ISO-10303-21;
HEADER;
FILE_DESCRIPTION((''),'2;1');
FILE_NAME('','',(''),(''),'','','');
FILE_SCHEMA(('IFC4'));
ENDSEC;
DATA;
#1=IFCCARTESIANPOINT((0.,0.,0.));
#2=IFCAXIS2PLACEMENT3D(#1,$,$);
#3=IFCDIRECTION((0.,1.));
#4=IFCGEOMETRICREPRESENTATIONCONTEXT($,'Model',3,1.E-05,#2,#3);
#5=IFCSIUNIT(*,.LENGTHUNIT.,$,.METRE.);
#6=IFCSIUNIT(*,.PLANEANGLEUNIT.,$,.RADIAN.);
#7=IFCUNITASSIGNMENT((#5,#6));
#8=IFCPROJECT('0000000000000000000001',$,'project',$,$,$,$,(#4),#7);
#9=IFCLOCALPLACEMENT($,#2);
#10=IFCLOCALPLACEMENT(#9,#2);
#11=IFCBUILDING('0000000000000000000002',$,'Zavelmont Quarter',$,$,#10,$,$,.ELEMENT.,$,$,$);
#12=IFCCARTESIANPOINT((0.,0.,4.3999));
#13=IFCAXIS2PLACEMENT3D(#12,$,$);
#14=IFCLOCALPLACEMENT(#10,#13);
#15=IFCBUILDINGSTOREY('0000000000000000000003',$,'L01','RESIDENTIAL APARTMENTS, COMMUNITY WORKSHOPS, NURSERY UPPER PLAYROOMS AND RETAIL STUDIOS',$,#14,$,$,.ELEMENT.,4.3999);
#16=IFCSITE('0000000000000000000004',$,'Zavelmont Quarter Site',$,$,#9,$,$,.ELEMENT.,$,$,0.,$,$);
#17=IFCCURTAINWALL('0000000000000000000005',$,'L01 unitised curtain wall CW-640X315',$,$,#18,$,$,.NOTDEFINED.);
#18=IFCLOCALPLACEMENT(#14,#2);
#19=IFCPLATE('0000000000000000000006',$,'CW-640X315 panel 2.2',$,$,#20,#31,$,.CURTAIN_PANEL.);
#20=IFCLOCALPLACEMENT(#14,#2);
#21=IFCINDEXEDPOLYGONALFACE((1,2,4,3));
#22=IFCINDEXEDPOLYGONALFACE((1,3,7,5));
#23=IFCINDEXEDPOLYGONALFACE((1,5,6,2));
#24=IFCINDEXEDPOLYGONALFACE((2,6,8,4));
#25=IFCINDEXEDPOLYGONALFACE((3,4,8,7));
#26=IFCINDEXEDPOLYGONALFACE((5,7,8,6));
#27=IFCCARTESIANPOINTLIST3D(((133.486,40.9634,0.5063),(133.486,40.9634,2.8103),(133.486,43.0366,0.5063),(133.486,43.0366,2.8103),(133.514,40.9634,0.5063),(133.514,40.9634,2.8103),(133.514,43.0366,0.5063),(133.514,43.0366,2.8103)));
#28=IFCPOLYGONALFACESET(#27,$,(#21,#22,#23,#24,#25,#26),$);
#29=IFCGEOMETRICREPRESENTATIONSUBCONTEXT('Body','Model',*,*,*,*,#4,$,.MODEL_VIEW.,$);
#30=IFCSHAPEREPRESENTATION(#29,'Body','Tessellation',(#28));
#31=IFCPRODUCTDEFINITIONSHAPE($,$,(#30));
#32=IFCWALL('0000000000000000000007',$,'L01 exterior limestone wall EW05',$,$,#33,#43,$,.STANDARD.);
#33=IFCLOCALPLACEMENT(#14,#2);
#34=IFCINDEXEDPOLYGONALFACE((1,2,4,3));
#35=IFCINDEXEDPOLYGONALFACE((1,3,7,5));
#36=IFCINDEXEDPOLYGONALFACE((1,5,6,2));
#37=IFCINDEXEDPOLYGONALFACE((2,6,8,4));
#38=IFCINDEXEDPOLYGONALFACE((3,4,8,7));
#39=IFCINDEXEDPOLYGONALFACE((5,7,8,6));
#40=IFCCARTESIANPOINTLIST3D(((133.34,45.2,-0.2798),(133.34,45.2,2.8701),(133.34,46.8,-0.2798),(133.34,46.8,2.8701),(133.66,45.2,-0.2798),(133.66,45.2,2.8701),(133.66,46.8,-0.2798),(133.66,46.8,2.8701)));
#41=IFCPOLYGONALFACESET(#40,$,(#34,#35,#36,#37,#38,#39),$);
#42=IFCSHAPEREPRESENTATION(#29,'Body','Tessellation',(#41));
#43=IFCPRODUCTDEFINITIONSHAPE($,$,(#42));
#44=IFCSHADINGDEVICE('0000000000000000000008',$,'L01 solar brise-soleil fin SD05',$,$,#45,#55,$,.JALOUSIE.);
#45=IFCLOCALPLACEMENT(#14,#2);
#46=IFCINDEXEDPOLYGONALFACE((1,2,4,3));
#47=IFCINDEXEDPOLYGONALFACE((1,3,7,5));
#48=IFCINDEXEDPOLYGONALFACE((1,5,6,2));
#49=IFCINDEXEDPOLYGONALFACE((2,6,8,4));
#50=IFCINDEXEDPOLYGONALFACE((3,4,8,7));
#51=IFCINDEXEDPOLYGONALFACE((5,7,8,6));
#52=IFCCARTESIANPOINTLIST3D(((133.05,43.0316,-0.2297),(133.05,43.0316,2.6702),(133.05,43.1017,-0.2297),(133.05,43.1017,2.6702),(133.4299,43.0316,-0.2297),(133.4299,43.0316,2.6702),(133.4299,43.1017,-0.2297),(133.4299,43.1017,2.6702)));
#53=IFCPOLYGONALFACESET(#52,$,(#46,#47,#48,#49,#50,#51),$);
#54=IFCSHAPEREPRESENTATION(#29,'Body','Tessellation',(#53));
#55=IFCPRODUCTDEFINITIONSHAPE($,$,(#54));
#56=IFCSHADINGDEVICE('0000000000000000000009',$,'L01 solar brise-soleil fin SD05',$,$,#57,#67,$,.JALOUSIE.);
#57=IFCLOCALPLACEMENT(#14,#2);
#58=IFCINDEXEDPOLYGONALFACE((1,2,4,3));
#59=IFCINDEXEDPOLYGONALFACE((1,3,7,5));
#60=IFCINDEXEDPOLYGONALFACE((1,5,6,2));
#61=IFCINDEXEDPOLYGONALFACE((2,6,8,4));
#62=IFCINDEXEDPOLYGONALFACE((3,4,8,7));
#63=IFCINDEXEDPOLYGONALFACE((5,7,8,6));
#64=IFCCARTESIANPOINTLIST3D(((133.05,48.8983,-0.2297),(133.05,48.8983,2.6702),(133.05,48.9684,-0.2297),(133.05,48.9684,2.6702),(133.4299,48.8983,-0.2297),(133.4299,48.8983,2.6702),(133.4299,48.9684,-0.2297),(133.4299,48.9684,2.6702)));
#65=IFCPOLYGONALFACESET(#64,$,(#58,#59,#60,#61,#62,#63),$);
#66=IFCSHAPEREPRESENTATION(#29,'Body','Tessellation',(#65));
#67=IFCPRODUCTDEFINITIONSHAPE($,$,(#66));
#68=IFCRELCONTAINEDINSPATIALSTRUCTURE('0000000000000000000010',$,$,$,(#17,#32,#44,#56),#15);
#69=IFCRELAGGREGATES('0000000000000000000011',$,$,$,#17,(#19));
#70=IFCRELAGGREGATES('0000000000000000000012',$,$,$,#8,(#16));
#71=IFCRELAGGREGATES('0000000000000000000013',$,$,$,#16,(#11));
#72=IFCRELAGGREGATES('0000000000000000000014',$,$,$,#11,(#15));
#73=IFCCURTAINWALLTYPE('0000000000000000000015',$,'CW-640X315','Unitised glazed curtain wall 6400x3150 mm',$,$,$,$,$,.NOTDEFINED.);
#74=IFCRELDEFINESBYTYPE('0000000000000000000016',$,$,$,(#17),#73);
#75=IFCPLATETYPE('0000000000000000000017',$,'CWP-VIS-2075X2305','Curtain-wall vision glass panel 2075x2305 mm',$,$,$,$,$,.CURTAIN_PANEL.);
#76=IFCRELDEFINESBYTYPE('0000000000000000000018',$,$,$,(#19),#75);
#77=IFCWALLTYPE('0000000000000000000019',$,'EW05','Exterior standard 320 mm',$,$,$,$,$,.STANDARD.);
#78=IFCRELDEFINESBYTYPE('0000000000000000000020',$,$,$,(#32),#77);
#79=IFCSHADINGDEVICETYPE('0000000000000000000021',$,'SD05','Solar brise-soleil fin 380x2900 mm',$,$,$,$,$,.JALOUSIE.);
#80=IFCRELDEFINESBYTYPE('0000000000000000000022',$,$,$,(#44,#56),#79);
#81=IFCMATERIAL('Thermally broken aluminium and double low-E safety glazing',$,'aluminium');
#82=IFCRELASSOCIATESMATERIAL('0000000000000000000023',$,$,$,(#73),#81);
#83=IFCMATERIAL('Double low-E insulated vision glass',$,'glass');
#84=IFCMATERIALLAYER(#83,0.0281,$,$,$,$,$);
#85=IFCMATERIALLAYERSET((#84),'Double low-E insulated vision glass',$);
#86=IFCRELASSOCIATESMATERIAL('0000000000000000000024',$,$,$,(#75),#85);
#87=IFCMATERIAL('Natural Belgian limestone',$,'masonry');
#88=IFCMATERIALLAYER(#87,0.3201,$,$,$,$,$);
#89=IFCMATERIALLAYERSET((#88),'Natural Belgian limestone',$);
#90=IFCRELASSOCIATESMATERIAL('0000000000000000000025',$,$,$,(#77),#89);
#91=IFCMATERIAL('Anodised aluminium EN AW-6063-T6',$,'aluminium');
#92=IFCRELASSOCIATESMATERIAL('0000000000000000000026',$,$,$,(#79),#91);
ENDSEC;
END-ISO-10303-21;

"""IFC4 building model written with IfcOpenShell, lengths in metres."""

from ifc_helpers import new_model, si_unit, direction, frame, frame_2d, origin, origin_2d, place, context, subcontext, project, spatial, rectangle, extrude, material, layer, layer_set, type_object, element, aggregate, save


model = new_model("IFC4")

# Units and contexts
model_context = context("Model", 3, precision=1e-05, world=origin(), true_north=direction((0.0, 1.0)))
body_context = subcontext(model_context, "Body", "Model", "MODEL_VIEW")
ifc_project = project(units=[si_unit("LENGTHUNIT", "METRE"), si_unit("PLANEANGLEUNIT", "RADIAN")], contexts=[model_context])

# Site, building, storey
site_placement = place(None, origin())
site = spatial("IfcSite", under=ifc_project, at=site_placement, Name="Zavelmont Quarter Site", CompositionType="ELEMENT", RefElevation=0.0)
building_placement = place(site_placement, origin())
building = spatial("IfcBuilding", under=site, at=building_placement, Name="Zavelmont Quarter", CompositionType="ELEMENT")
storey_placement = place(building_placement, frame((0.0, 0.0, 4.3999)))
storey = spatial("IfcBuildingStorey", under=building, at=storey_placement, Name="L01", Description="RESIDENTIAL APARTMENTS, COMMUNITY WORKSHOPS, NURSERY UPPER PLAYROOMS AND RETAIL STUDIOS", CompositionType="ELEMENT", Elevation=4.3999)

# Curtain wall
ifc_material_1 = material(Name="Thermally broken aluminium and double low-E safety glazing", Category="aluminium")
curtain_wall_type = type_object("IfcCurtainWallType", Name="CW-640X315", Description="Unitised glazed curtain wall 6400x3150 mm", PredefinedType="NOTDEFINED", material=ifc_material_1)
curtain_wall_1_placement = place(storey_placement, origin())
curtain_wall_1 = element("IfcCurtainWall", 1, at=curtain_wall_1_placement, inside=storey, type_object=curtain_wall_type, Name="L01 unitised curtain wall CW-640X315", PredefinedType="NOTDEFINED")

# Plate
ifc_material_2 = material(Name="Double low-E insulated vision glass", Category="glass")
ifc_layer_1 = layer(ifc_material_2, 0.0281)
ifc_layer_set_1 = layer_set([ifc_layer_1], Name="Double low-E insulated vision glass")
plate_type_1 = type_object("IfcPlateType", Name="CWP-VIS-2075X2305", Description="Curtain-wall vision glass panel 2075x2305 mm", PredefinedType="CURTAIN_PANEL", material=ifc_layer_set_1)
plate_1_placement = place(storey_placement, frame((133.5, 42.0, 0.5063), z_axis=(0.0, 0.0, 1.0), x_axis=(0.0, 1.0, 0.0)))
plate_1 = element("IfcPlate", 2, at=plate_1_placement, type_object=plate_type_1, Name="CW-640X315 panel 2.2", PredefinedType="CURTAIN_PANEL", context=body_context, shape_type="SweptSolid", body=[
    extrude(rectangle(XDim=2.0732, YDim=0.0281, at=origin_2d()), origin(), (0.0, 0.0, 1.0), 2.304),
])
aggregate(curtain_wall_1, [plate_1])

# Wall
ifc_material_3 = material(Name="Natural Belgian limestone", Category="masonry")
ifc_layer_2 = layer(ifc_material_3, 0.3201)
ifc_layer_set_2 = layer_set([ifc_layer_2], Name="Natural Belgian limestone")
wall_type = type_object("IfcWallType", Name="EW05", Description="Exterior standard 320 mm", PredefinedType="STANDARD", material=ifc_layer_set_2)
wall_placement = place(storey_placement, frame((133.5, 45.2, -0.2798), z_axis=(0.0, 0.0, 1.0), x_axis=(0.0, 1.0, 0.0)))
element("IfcWall", 3, at=wall_placement, inside=storey, type_object=wall_type, Name="L01 exterior limestone wall EW05", PredefinedType="STANDARD", context=body_context, shape_type="SweptSolid", body=[
    extrude(rectangle(XDim=1.6001, YDim=0.3201, at=frame_2d((0.8, 0.0))), origin(), (0.0, 0.0, 1.0), 3.1499),
])

# Shading devices
ifc_material_4 = material(Name="Anodised aluminium EN AW-6063-T6", Category="aluminium")
shading_device_type = type_object("IfcShadingDeviceType", Name="SD05", Description="Solar brise-soleil fin 380x2900 mm", PredefinedType="JALOUSIE", material=ifc_material_4)
for number, where, z_axis, x_axis, name in (
    (4, (133.24, 43.0667, -0.2297), (0.0, 0.0, 1.0), (0.0, 1.0, 0.0), "L01 solar brise-soleil fin SD05"),
    (5, (133.24, 48.9333, -0.2297), (0.0, 0.0, 1.0), (0.0, 1.0, 0.0), "L01 solar brise-soleil fin SD05"),
):
    element("IfcShadingDevice", number, at=place(storey_placement, frame(where, z_axis=z_axis, x_axis=x_axis)), inside=storey, type_object=shading_device_type, Name=name, PredefinedType="JALOUSIE", context=body_context, shape_type="SweptSolid", body=[
        extrude(rectangle(XDim=0.0701, YDim=0.3799, at=origin_2d()), origin(), (0.0, 0.0, 1.0), 2.8999),
    ])

save(model, "model.ifc")
